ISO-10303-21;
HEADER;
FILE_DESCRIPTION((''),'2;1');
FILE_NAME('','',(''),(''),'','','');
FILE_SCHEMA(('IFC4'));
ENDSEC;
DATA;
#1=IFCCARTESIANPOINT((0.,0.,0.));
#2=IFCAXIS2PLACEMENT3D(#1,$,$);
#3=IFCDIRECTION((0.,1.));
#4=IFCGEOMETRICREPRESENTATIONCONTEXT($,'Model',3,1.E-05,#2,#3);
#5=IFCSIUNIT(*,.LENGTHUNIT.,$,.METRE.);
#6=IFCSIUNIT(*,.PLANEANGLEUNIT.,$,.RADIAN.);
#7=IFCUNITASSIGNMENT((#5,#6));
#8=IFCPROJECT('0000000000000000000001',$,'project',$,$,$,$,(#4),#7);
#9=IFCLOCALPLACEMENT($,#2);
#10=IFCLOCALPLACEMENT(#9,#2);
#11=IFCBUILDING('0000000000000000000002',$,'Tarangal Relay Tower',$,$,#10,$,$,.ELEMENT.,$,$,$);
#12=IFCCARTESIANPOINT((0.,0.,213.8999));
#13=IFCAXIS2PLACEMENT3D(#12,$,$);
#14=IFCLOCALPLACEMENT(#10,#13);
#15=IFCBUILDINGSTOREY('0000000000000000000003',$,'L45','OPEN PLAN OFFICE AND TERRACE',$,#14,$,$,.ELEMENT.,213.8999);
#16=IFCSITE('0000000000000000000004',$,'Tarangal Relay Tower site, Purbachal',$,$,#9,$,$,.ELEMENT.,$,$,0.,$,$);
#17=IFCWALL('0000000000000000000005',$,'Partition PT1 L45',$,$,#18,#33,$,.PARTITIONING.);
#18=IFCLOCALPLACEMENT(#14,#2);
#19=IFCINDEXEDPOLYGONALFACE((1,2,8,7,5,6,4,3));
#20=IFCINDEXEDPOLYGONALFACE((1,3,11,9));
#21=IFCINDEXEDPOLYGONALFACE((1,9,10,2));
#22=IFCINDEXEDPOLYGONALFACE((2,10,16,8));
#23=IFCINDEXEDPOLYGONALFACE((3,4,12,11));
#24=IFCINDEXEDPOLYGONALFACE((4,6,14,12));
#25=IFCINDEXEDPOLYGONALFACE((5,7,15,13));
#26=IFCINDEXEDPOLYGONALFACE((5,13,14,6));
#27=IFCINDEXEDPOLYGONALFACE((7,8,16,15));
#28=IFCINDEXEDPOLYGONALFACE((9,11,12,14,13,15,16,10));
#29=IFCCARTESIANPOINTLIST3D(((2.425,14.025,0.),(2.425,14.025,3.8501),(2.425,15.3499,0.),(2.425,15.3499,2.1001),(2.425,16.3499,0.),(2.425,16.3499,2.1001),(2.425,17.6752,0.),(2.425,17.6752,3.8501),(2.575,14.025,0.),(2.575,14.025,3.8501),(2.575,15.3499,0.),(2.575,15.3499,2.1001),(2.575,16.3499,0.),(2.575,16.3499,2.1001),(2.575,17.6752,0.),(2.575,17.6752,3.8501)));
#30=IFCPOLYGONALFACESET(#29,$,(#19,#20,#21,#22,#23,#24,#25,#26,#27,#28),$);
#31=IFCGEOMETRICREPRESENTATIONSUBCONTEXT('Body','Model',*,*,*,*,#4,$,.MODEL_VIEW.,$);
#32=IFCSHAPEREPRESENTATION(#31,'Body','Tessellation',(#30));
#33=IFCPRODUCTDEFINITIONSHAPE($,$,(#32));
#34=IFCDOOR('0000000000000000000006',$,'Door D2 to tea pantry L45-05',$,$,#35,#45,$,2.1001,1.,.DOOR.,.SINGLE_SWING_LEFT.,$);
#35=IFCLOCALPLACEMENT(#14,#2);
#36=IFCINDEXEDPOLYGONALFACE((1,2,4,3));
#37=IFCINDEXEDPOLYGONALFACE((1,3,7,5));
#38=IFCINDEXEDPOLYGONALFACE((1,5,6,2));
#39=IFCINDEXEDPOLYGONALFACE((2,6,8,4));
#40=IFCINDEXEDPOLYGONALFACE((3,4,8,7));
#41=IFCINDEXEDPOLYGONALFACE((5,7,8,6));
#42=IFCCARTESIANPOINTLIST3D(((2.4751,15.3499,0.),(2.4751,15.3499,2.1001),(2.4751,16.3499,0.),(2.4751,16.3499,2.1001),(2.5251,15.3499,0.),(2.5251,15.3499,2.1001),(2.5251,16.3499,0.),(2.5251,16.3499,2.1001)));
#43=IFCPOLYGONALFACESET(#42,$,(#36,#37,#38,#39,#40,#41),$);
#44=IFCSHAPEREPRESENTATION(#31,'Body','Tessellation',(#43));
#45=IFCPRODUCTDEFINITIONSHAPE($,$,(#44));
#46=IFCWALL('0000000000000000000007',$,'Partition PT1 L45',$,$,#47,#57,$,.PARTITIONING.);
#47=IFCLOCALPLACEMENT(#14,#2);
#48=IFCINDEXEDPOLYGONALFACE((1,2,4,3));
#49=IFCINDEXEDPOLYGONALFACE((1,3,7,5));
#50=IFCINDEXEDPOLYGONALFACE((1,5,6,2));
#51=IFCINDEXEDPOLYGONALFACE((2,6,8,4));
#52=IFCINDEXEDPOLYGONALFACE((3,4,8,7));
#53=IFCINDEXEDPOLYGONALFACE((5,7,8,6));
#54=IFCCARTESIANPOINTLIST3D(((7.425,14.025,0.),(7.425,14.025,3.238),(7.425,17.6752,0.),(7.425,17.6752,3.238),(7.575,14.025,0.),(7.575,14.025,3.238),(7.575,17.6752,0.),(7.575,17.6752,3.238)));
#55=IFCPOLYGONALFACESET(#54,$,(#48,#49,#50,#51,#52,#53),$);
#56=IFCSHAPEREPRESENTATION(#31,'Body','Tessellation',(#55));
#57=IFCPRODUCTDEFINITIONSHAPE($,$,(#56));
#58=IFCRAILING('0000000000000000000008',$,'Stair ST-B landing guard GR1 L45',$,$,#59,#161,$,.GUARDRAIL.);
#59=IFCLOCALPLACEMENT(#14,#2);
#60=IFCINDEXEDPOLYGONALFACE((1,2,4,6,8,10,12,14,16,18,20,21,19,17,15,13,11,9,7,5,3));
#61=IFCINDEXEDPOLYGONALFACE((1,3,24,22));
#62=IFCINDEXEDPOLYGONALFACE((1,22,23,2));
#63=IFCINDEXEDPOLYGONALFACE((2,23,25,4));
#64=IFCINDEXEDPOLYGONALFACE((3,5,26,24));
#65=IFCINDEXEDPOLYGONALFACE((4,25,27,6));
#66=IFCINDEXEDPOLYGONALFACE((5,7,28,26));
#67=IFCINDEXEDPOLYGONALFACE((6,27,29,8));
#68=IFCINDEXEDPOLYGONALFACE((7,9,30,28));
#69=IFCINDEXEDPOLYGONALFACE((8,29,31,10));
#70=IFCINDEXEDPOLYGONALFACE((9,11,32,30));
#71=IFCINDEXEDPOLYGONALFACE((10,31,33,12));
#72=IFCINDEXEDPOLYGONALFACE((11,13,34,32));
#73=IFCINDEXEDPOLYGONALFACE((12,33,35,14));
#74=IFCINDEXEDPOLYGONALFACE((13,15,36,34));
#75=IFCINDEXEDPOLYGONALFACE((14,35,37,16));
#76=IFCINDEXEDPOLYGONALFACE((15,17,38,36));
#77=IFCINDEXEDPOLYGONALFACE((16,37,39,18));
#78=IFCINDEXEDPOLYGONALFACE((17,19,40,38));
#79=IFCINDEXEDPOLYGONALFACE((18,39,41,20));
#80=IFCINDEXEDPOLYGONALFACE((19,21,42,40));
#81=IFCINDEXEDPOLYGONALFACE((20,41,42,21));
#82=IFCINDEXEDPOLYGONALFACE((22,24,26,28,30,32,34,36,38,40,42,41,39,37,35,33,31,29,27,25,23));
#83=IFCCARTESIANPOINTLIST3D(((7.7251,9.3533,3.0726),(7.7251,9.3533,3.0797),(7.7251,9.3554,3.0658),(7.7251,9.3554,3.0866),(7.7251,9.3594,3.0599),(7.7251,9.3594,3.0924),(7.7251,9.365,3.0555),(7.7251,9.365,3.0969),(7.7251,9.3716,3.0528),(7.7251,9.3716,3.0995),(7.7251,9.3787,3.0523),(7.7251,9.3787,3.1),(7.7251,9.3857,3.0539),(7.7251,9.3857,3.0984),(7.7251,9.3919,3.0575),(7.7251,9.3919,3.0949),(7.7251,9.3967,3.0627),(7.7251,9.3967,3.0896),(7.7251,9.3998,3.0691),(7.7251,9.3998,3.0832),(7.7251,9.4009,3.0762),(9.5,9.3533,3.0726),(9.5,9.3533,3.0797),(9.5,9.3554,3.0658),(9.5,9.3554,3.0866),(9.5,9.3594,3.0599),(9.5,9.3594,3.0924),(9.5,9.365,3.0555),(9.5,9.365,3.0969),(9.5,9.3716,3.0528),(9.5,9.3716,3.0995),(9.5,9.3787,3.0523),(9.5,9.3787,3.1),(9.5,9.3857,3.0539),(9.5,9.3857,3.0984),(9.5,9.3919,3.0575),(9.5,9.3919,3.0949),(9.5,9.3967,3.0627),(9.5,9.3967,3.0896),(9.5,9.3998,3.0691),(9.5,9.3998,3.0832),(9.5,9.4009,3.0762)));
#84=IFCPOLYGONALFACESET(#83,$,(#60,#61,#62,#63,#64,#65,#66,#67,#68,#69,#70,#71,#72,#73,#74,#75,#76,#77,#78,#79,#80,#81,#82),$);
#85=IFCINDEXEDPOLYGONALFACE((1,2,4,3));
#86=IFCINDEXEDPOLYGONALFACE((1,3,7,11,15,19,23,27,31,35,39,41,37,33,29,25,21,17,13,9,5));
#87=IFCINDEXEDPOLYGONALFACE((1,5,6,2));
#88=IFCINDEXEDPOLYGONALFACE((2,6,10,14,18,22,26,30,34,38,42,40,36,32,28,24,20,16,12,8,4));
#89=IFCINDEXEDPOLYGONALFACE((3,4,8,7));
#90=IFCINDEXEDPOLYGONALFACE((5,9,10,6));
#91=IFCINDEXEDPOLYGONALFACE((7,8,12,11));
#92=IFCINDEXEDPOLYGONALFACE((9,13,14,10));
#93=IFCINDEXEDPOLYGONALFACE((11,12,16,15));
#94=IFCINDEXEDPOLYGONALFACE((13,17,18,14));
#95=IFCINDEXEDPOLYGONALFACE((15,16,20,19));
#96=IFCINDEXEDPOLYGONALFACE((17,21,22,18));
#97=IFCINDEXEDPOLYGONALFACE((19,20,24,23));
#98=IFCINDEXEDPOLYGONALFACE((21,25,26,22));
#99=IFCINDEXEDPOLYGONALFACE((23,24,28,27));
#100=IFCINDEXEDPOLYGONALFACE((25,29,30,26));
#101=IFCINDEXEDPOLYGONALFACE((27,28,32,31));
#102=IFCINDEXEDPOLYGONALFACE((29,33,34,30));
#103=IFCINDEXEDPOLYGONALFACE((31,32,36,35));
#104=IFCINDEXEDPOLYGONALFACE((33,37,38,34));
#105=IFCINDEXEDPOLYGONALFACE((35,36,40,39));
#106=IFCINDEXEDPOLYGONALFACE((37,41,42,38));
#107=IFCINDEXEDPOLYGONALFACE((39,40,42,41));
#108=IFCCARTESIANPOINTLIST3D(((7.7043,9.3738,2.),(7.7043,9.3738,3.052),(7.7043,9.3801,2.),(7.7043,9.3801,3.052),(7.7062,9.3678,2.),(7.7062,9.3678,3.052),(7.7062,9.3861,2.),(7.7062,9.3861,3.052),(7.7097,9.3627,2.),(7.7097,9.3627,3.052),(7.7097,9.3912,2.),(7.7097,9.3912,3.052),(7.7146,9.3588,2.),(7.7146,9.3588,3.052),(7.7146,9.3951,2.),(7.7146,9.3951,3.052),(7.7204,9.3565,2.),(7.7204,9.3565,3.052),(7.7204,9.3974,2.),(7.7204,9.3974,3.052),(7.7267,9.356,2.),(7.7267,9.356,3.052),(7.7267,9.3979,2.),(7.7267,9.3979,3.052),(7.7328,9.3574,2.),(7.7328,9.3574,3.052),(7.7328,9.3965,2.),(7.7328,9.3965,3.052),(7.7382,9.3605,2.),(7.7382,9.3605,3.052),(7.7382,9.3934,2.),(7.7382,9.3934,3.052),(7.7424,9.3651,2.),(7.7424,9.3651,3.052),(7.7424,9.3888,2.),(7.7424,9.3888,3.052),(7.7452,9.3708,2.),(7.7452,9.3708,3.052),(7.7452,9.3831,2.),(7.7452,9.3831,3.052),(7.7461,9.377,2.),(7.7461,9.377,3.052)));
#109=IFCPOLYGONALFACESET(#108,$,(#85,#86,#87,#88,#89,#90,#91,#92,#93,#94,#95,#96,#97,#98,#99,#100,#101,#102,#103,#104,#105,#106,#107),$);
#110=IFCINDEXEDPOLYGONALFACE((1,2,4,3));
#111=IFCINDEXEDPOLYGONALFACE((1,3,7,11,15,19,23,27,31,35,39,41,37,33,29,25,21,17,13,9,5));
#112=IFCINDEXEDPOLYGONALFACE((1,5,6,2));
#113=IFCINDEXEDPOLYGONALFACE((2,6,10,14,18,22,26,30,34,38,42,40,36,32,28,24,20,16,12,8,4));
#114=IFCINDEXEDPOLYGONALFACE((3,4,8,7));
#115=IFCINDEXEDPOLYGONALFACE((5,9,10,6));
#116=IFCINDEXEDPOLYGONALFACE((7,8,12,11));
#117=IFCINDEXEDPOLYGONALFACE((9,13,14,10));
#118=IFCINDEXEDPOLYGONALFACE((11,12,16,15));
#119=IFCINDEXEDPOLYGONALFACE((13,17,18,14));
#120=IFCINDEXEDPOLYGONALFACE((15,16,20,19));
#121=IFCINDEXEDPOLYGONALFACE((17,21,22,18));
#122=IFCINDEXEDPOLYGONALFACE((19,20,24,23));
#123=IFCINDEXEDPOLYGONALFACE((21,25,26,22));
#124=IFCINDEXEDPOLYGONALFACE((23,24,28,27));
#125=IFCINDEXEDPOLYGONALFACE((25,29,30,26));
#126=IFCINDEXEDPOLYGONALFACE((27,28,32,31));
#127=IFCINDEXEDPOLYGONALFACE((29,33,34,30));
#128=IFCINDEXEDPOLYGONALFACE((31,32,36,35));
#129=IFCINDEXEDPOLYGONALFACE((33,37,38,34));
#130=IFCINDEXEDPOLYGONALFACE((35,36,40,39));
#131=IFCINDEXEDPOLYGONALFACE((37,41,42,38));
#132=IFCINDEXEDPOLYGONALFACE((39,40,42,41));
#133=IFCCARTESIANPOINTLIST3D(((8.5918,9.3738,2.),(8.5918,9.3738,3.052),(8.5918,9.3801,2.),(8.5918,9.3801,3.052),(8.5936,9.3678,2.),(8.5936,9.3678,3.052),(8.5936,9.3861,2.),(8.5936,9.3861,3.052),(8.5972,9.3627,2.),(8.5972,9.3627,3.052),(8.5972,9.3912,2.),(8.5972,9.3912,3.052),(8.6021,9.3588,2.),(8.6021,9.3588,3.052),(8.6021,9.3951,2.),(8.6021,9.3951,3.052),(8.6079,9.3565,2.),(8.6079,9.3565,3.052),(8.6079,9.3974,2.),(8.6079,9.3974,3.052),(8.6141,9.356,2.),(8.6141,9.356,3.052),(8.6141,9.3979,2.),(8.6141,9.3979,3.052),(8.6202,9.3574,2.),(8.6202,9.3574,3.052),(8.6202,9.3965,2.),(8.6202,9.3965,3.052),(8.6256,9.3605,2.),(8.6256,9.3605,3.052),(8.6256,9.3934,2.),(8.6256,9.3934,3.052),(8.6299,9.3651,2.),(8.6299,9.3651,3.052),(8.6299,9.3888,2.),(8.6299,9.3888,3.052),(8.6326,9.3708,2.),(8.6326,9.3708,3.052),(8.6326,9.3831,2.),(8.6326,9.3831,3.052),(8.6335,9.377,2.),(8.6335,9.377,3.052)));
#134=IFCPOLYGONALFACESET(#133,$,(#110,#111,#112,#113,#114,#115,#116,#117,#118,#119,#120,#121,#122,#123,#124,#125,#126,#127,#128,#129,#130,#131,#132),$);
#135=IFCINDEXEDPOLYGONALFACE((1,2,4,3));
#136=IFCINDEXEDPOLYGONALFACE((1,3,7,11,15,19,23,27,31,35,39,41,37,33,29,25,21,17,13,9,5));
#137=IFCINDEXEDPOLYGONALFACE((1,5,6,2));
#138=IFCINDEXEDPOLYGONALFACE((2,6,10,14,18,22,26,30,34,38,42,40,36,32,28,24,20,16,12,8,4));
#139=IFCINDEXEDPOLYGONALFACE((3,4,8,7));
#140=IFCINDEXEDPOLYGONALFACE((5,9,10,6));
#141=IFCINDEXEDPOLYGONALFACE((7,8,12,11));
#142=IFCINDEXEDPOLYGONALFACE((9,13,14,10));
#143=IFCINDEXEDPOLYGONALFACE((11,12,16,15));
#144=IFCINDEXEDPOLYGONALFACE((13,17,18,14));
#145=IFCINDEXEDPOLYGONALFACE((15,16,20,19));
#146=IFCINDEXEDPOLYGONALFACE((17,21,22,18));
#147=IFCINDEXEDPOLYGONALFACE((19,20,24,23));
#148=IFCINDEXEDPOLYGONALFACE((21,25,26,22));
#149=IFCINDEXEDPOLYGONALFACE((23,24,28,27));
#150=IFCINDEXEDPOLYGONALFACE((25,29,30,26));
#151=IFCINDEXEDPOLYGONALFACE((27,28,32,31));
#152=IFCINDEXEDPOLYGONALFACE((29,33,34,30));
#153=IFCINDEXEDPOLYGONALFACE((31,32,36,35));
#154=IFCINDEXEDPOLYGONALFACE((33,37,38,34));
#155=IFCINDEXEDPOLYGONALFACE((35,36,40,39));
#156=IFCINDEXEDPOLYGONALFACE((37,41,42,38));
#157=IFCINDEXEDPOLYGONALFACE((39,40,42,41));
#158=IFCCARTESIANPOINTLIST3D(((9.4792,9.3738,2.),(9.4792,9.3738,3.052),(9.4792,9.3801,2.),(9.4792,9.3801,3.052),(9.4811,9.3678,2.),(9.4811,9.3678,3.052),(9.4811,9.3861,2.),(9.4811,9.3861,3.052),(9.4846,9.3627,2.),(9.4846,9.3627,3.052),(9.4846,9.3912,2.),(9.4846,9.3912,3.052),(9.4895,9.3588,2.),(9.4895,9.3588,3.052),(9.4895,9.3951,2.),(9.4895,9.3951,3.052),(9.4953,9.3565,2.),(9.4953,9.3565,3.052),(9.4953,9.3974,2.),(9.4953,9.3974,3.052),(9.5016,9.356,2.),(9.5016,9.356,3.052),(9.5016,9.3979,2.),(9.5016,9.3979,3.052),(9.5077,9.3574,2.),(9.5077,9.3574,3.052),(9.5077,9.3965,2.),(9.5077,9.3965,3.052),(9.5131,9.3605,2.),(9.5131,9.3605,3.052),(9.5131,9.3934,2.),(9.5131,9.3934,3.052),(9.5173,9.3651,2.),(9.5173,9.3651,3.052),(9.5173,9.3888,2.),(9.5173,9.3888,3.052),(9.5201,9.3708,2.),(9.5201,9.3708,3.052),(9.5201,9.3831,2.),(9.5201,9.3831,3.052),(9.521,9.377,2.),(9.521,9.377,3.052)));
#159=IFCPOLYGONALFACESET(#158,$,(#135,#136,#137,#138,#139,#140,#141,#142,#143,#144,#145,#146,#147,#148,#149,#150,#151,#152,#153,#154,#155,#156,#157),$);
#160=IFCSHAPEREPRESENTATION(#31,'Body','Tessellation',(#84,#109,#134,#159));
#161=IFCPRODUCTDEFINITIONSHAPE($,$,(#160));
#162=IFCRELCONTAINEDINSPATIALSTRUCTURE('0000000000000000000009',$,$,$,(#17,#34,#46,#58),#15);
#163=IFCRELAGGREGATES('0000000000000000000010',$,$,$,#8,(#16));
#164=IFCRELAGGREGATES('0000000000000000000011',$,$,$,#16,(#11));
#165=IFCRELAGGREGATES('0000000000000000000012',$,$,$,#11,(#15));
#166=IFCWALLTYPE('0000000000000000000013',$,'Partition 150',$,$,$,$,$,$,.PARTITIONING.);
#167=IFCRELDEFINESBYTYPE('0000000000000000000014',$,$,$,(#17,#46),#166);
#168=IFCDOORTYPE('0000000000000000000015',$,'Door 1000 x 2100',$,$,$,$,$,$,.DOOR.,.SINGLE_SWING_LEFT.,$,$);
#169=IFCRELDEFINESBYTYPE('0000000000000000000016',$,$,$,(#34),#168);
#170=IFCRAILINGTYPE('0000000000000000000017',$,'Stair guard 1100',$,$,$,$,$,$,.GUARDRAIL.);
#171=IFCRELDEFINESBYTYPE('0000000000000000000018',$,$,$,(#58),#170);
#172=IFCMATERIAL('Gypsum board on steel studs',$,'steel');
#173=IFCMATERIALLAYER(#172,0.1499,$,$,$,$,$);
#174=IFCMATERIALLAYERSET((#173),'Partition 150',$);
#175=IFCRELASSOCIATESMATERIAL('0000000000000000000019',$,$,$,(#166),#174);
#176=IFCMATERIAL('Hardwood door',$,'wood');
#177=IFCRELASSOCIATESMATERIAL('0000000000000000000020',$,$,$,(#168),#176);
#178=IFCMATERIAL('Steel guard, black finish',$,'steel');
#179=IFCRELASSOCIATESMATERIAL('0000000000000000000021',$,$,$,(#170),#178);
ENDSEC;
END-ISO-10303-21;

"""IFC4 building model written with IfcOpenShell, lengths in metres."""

from ifc_helpers import new_model, si_unit, direction, frame, frame_2d, origin, origin_2d, place, context, subcontext, project, spatial, rectangle, circle, extrude, material, layer, layer_set, type_object, element, fill, save


model = new_model("IFC4")

# Units and contexts
model_context = context("Model", 3, precision=1e-05, world=origin(), true_north=direction((0.0, 1.0)))
body_context = subcontext(model_context, "Body", "Model", "MODEL_VIEW")
ifc_project = project(units=[si_unit("LENGTHUNIT", "METRE"), si_unit("PLANEANGLEUNIT", "RADIAN")], contexts=[model_context])

# Site, building, storey
site_placement = place(None, origin())
site = spatial("IfcSite", under=ifc_project, at=site_placement, Name="Tarangal Relay Tower site, Purbachal", CompositionType="ELEMENT", RefElevation=0.0)
building_placement = place(site_placement, origin())
building = spatial("IfcBuilding", under=site, at=building_placement, Name="Tarangal Relay Tower", CompositionType="ELEMENT")
storey_placement = place(building_placement, frame((0.0, 0.0, 213.8999)))
storey = spatial("IfcBuildingStorey", under=building, at=storey_placement, Name="L45", Description="OPEN PLAN OFFICE AND TERRACE", CompositionType="ELEMENT", Elevation=213.8999)

# Wall, opening, door
ifc_material_1 = material(Name="Gypsum board on steel studs", Category="steel")
ifc_layer_1 = layer(ifc_material_1, 0.1499)
ifc_layer_set_1 = layer_set([ifc_layer_1], Name="Partition 150")
wall_type_1 = type_object("IfcWallType", Name="Partition 150", PredefinedType="PARTITIONING", material=ifc_layer_set_1)
wall_1_placement = place(storey_placement, frame((2.5, 14.0249, 0.0), z_axis=(0.0, 0.0, 1.0), x_axis=(0.0, 1.0, 0.0)))
wall_1 = element("IfcWall", 1, at=wall_1_placement, inside=storey, type_object=wall_type_1, Name="Partition PT1 L45", PredefinedType="PARTITIONING", context=body_context, shape_type="SweptSolid", body=[
    extrude(rectangle(XDim=3.6501, YDim=0.1499, at=frame_2d((1.8252, 0.0))), origin(), (0.0, 0.0, 1.0), 3.8501),
])
opening_1_placement = place(wall_1_placement, frame((1.325, 0.0, 0.0)))
opening_1 = element("IfcOpeningElement", 2, at=opening_1_placement, cuts=wall_1, PredefinedType="OPENING", context=body_context, shape_type="SweptSolid", body=[
    extrude(rectangle(XDim=1.0, YDim=2.1001, at=frame_2d((0.5, 1.05))), frame((0.0, 0.085, 0.0), z_axis=(0.0, -1.0, 0.0), x_axis=(1.0, 0.0, 0.0)), (0.0, 0.0, 1.0), 0.1699),
])
ifc_material_2 = material(Name="Hardwood door", Category="wood")
door_type_1 = type_object("IfcDoorType", Name="Door 1000 x 2100", OperationType="SINGLE_SWING_LEFT", PredefinedType="DOOR", material=ifc_material_2)
door_1_placement = place(opening_1_placement, origin())
door_1 = element("IfcDoor", 3, at=door_1_placement, inside=storey, type_object=door_type_1, Name="Door D2 to tea pantry L45-05", OperationType="SINGLE_SWING_LEFT", OverallHeight=2.1001, OverallWidth=1.0, PredefinedType="DOOR", context=body_context, shape_type="SweptSolid", body=[
    extrude(rectangle(XDim=1.0, YDim=2.1001, at=frame_2d((0.5, 1.05))), frame((0.0, 0.0249, 0.0), z_axis=(0.0, -1.0, 0.0), x_axis=(1.0, 0.0, 0.0)), (0.0, 0.0, 1.0), 0.05),
])
fill(opening_1, door_1)

# Wall
wall_2_placement = place(storey_placement, frame((7.5, 14.0249, 0.0), z_axis=(0.0, 0.0, 1.0), x_axis=(0.0, 1.0, 0.0)))
element("IfcWall", 4, at=wall_2_placement, inside=storey, type_object=wall_type_1, Name="Partition PT1 L45", PredefinedType="PARTITIONING", context=body_context, shape_type="SweptSolid", body=[
    extrude(rectangle(XDim=3.6501, YDim=0.1499, at=frame_2d((1.8252, 0.0))), origin(), (0.0, 0.0, 1.0), 3.238),
])

# Railing
ifc_material_3 = material(Name="Steel guard, black finish", Category="steel")
railing_type_1 = type_object("IfcRailingType", Name="Stair guard 1100", PredefinedType="GUARDRAIL", material=ifc_material_3)
railing_1_placement = place(storey_placement, frame((7.7251, 9.377, 2.0)))
element("IfcRailing", 5, at=railing_1_placement, inside=storey, type_object=railing_type_1, Name="Stair ST-B landing guard GR1 L45", PredefinedType="GUARDRAIL", context=body_context, shape_type="SweptSolid", body=[
    extrude(circle(Radius=0.0239, at=origin_2d()), frame((0.0, 0.0, 1.0762), z_axis=(1.0, 0.0, 0.0), x_axis=(0.0, 1.0, 0.0)), (0.0, 0.0, 1.0), 1.7749),
    extrude(circle(Radius=0.021, at=origin_2d()), origin(), (0.0, 0.0, 1.0), 1.052),
    extrude(circle(Radius=0.021, at=origin_2d()), frame((0.8875, 0.0, 0.0)), (0.0, 0.0, 1.0), 1.052),
    extrude(circle(Radius=0.021, at=origin_2d()), frame((1.7749, 0.0, 0.0)), (0.0, 0.0, 1.0), 1.052),
])

save(model, "model.ifc")
